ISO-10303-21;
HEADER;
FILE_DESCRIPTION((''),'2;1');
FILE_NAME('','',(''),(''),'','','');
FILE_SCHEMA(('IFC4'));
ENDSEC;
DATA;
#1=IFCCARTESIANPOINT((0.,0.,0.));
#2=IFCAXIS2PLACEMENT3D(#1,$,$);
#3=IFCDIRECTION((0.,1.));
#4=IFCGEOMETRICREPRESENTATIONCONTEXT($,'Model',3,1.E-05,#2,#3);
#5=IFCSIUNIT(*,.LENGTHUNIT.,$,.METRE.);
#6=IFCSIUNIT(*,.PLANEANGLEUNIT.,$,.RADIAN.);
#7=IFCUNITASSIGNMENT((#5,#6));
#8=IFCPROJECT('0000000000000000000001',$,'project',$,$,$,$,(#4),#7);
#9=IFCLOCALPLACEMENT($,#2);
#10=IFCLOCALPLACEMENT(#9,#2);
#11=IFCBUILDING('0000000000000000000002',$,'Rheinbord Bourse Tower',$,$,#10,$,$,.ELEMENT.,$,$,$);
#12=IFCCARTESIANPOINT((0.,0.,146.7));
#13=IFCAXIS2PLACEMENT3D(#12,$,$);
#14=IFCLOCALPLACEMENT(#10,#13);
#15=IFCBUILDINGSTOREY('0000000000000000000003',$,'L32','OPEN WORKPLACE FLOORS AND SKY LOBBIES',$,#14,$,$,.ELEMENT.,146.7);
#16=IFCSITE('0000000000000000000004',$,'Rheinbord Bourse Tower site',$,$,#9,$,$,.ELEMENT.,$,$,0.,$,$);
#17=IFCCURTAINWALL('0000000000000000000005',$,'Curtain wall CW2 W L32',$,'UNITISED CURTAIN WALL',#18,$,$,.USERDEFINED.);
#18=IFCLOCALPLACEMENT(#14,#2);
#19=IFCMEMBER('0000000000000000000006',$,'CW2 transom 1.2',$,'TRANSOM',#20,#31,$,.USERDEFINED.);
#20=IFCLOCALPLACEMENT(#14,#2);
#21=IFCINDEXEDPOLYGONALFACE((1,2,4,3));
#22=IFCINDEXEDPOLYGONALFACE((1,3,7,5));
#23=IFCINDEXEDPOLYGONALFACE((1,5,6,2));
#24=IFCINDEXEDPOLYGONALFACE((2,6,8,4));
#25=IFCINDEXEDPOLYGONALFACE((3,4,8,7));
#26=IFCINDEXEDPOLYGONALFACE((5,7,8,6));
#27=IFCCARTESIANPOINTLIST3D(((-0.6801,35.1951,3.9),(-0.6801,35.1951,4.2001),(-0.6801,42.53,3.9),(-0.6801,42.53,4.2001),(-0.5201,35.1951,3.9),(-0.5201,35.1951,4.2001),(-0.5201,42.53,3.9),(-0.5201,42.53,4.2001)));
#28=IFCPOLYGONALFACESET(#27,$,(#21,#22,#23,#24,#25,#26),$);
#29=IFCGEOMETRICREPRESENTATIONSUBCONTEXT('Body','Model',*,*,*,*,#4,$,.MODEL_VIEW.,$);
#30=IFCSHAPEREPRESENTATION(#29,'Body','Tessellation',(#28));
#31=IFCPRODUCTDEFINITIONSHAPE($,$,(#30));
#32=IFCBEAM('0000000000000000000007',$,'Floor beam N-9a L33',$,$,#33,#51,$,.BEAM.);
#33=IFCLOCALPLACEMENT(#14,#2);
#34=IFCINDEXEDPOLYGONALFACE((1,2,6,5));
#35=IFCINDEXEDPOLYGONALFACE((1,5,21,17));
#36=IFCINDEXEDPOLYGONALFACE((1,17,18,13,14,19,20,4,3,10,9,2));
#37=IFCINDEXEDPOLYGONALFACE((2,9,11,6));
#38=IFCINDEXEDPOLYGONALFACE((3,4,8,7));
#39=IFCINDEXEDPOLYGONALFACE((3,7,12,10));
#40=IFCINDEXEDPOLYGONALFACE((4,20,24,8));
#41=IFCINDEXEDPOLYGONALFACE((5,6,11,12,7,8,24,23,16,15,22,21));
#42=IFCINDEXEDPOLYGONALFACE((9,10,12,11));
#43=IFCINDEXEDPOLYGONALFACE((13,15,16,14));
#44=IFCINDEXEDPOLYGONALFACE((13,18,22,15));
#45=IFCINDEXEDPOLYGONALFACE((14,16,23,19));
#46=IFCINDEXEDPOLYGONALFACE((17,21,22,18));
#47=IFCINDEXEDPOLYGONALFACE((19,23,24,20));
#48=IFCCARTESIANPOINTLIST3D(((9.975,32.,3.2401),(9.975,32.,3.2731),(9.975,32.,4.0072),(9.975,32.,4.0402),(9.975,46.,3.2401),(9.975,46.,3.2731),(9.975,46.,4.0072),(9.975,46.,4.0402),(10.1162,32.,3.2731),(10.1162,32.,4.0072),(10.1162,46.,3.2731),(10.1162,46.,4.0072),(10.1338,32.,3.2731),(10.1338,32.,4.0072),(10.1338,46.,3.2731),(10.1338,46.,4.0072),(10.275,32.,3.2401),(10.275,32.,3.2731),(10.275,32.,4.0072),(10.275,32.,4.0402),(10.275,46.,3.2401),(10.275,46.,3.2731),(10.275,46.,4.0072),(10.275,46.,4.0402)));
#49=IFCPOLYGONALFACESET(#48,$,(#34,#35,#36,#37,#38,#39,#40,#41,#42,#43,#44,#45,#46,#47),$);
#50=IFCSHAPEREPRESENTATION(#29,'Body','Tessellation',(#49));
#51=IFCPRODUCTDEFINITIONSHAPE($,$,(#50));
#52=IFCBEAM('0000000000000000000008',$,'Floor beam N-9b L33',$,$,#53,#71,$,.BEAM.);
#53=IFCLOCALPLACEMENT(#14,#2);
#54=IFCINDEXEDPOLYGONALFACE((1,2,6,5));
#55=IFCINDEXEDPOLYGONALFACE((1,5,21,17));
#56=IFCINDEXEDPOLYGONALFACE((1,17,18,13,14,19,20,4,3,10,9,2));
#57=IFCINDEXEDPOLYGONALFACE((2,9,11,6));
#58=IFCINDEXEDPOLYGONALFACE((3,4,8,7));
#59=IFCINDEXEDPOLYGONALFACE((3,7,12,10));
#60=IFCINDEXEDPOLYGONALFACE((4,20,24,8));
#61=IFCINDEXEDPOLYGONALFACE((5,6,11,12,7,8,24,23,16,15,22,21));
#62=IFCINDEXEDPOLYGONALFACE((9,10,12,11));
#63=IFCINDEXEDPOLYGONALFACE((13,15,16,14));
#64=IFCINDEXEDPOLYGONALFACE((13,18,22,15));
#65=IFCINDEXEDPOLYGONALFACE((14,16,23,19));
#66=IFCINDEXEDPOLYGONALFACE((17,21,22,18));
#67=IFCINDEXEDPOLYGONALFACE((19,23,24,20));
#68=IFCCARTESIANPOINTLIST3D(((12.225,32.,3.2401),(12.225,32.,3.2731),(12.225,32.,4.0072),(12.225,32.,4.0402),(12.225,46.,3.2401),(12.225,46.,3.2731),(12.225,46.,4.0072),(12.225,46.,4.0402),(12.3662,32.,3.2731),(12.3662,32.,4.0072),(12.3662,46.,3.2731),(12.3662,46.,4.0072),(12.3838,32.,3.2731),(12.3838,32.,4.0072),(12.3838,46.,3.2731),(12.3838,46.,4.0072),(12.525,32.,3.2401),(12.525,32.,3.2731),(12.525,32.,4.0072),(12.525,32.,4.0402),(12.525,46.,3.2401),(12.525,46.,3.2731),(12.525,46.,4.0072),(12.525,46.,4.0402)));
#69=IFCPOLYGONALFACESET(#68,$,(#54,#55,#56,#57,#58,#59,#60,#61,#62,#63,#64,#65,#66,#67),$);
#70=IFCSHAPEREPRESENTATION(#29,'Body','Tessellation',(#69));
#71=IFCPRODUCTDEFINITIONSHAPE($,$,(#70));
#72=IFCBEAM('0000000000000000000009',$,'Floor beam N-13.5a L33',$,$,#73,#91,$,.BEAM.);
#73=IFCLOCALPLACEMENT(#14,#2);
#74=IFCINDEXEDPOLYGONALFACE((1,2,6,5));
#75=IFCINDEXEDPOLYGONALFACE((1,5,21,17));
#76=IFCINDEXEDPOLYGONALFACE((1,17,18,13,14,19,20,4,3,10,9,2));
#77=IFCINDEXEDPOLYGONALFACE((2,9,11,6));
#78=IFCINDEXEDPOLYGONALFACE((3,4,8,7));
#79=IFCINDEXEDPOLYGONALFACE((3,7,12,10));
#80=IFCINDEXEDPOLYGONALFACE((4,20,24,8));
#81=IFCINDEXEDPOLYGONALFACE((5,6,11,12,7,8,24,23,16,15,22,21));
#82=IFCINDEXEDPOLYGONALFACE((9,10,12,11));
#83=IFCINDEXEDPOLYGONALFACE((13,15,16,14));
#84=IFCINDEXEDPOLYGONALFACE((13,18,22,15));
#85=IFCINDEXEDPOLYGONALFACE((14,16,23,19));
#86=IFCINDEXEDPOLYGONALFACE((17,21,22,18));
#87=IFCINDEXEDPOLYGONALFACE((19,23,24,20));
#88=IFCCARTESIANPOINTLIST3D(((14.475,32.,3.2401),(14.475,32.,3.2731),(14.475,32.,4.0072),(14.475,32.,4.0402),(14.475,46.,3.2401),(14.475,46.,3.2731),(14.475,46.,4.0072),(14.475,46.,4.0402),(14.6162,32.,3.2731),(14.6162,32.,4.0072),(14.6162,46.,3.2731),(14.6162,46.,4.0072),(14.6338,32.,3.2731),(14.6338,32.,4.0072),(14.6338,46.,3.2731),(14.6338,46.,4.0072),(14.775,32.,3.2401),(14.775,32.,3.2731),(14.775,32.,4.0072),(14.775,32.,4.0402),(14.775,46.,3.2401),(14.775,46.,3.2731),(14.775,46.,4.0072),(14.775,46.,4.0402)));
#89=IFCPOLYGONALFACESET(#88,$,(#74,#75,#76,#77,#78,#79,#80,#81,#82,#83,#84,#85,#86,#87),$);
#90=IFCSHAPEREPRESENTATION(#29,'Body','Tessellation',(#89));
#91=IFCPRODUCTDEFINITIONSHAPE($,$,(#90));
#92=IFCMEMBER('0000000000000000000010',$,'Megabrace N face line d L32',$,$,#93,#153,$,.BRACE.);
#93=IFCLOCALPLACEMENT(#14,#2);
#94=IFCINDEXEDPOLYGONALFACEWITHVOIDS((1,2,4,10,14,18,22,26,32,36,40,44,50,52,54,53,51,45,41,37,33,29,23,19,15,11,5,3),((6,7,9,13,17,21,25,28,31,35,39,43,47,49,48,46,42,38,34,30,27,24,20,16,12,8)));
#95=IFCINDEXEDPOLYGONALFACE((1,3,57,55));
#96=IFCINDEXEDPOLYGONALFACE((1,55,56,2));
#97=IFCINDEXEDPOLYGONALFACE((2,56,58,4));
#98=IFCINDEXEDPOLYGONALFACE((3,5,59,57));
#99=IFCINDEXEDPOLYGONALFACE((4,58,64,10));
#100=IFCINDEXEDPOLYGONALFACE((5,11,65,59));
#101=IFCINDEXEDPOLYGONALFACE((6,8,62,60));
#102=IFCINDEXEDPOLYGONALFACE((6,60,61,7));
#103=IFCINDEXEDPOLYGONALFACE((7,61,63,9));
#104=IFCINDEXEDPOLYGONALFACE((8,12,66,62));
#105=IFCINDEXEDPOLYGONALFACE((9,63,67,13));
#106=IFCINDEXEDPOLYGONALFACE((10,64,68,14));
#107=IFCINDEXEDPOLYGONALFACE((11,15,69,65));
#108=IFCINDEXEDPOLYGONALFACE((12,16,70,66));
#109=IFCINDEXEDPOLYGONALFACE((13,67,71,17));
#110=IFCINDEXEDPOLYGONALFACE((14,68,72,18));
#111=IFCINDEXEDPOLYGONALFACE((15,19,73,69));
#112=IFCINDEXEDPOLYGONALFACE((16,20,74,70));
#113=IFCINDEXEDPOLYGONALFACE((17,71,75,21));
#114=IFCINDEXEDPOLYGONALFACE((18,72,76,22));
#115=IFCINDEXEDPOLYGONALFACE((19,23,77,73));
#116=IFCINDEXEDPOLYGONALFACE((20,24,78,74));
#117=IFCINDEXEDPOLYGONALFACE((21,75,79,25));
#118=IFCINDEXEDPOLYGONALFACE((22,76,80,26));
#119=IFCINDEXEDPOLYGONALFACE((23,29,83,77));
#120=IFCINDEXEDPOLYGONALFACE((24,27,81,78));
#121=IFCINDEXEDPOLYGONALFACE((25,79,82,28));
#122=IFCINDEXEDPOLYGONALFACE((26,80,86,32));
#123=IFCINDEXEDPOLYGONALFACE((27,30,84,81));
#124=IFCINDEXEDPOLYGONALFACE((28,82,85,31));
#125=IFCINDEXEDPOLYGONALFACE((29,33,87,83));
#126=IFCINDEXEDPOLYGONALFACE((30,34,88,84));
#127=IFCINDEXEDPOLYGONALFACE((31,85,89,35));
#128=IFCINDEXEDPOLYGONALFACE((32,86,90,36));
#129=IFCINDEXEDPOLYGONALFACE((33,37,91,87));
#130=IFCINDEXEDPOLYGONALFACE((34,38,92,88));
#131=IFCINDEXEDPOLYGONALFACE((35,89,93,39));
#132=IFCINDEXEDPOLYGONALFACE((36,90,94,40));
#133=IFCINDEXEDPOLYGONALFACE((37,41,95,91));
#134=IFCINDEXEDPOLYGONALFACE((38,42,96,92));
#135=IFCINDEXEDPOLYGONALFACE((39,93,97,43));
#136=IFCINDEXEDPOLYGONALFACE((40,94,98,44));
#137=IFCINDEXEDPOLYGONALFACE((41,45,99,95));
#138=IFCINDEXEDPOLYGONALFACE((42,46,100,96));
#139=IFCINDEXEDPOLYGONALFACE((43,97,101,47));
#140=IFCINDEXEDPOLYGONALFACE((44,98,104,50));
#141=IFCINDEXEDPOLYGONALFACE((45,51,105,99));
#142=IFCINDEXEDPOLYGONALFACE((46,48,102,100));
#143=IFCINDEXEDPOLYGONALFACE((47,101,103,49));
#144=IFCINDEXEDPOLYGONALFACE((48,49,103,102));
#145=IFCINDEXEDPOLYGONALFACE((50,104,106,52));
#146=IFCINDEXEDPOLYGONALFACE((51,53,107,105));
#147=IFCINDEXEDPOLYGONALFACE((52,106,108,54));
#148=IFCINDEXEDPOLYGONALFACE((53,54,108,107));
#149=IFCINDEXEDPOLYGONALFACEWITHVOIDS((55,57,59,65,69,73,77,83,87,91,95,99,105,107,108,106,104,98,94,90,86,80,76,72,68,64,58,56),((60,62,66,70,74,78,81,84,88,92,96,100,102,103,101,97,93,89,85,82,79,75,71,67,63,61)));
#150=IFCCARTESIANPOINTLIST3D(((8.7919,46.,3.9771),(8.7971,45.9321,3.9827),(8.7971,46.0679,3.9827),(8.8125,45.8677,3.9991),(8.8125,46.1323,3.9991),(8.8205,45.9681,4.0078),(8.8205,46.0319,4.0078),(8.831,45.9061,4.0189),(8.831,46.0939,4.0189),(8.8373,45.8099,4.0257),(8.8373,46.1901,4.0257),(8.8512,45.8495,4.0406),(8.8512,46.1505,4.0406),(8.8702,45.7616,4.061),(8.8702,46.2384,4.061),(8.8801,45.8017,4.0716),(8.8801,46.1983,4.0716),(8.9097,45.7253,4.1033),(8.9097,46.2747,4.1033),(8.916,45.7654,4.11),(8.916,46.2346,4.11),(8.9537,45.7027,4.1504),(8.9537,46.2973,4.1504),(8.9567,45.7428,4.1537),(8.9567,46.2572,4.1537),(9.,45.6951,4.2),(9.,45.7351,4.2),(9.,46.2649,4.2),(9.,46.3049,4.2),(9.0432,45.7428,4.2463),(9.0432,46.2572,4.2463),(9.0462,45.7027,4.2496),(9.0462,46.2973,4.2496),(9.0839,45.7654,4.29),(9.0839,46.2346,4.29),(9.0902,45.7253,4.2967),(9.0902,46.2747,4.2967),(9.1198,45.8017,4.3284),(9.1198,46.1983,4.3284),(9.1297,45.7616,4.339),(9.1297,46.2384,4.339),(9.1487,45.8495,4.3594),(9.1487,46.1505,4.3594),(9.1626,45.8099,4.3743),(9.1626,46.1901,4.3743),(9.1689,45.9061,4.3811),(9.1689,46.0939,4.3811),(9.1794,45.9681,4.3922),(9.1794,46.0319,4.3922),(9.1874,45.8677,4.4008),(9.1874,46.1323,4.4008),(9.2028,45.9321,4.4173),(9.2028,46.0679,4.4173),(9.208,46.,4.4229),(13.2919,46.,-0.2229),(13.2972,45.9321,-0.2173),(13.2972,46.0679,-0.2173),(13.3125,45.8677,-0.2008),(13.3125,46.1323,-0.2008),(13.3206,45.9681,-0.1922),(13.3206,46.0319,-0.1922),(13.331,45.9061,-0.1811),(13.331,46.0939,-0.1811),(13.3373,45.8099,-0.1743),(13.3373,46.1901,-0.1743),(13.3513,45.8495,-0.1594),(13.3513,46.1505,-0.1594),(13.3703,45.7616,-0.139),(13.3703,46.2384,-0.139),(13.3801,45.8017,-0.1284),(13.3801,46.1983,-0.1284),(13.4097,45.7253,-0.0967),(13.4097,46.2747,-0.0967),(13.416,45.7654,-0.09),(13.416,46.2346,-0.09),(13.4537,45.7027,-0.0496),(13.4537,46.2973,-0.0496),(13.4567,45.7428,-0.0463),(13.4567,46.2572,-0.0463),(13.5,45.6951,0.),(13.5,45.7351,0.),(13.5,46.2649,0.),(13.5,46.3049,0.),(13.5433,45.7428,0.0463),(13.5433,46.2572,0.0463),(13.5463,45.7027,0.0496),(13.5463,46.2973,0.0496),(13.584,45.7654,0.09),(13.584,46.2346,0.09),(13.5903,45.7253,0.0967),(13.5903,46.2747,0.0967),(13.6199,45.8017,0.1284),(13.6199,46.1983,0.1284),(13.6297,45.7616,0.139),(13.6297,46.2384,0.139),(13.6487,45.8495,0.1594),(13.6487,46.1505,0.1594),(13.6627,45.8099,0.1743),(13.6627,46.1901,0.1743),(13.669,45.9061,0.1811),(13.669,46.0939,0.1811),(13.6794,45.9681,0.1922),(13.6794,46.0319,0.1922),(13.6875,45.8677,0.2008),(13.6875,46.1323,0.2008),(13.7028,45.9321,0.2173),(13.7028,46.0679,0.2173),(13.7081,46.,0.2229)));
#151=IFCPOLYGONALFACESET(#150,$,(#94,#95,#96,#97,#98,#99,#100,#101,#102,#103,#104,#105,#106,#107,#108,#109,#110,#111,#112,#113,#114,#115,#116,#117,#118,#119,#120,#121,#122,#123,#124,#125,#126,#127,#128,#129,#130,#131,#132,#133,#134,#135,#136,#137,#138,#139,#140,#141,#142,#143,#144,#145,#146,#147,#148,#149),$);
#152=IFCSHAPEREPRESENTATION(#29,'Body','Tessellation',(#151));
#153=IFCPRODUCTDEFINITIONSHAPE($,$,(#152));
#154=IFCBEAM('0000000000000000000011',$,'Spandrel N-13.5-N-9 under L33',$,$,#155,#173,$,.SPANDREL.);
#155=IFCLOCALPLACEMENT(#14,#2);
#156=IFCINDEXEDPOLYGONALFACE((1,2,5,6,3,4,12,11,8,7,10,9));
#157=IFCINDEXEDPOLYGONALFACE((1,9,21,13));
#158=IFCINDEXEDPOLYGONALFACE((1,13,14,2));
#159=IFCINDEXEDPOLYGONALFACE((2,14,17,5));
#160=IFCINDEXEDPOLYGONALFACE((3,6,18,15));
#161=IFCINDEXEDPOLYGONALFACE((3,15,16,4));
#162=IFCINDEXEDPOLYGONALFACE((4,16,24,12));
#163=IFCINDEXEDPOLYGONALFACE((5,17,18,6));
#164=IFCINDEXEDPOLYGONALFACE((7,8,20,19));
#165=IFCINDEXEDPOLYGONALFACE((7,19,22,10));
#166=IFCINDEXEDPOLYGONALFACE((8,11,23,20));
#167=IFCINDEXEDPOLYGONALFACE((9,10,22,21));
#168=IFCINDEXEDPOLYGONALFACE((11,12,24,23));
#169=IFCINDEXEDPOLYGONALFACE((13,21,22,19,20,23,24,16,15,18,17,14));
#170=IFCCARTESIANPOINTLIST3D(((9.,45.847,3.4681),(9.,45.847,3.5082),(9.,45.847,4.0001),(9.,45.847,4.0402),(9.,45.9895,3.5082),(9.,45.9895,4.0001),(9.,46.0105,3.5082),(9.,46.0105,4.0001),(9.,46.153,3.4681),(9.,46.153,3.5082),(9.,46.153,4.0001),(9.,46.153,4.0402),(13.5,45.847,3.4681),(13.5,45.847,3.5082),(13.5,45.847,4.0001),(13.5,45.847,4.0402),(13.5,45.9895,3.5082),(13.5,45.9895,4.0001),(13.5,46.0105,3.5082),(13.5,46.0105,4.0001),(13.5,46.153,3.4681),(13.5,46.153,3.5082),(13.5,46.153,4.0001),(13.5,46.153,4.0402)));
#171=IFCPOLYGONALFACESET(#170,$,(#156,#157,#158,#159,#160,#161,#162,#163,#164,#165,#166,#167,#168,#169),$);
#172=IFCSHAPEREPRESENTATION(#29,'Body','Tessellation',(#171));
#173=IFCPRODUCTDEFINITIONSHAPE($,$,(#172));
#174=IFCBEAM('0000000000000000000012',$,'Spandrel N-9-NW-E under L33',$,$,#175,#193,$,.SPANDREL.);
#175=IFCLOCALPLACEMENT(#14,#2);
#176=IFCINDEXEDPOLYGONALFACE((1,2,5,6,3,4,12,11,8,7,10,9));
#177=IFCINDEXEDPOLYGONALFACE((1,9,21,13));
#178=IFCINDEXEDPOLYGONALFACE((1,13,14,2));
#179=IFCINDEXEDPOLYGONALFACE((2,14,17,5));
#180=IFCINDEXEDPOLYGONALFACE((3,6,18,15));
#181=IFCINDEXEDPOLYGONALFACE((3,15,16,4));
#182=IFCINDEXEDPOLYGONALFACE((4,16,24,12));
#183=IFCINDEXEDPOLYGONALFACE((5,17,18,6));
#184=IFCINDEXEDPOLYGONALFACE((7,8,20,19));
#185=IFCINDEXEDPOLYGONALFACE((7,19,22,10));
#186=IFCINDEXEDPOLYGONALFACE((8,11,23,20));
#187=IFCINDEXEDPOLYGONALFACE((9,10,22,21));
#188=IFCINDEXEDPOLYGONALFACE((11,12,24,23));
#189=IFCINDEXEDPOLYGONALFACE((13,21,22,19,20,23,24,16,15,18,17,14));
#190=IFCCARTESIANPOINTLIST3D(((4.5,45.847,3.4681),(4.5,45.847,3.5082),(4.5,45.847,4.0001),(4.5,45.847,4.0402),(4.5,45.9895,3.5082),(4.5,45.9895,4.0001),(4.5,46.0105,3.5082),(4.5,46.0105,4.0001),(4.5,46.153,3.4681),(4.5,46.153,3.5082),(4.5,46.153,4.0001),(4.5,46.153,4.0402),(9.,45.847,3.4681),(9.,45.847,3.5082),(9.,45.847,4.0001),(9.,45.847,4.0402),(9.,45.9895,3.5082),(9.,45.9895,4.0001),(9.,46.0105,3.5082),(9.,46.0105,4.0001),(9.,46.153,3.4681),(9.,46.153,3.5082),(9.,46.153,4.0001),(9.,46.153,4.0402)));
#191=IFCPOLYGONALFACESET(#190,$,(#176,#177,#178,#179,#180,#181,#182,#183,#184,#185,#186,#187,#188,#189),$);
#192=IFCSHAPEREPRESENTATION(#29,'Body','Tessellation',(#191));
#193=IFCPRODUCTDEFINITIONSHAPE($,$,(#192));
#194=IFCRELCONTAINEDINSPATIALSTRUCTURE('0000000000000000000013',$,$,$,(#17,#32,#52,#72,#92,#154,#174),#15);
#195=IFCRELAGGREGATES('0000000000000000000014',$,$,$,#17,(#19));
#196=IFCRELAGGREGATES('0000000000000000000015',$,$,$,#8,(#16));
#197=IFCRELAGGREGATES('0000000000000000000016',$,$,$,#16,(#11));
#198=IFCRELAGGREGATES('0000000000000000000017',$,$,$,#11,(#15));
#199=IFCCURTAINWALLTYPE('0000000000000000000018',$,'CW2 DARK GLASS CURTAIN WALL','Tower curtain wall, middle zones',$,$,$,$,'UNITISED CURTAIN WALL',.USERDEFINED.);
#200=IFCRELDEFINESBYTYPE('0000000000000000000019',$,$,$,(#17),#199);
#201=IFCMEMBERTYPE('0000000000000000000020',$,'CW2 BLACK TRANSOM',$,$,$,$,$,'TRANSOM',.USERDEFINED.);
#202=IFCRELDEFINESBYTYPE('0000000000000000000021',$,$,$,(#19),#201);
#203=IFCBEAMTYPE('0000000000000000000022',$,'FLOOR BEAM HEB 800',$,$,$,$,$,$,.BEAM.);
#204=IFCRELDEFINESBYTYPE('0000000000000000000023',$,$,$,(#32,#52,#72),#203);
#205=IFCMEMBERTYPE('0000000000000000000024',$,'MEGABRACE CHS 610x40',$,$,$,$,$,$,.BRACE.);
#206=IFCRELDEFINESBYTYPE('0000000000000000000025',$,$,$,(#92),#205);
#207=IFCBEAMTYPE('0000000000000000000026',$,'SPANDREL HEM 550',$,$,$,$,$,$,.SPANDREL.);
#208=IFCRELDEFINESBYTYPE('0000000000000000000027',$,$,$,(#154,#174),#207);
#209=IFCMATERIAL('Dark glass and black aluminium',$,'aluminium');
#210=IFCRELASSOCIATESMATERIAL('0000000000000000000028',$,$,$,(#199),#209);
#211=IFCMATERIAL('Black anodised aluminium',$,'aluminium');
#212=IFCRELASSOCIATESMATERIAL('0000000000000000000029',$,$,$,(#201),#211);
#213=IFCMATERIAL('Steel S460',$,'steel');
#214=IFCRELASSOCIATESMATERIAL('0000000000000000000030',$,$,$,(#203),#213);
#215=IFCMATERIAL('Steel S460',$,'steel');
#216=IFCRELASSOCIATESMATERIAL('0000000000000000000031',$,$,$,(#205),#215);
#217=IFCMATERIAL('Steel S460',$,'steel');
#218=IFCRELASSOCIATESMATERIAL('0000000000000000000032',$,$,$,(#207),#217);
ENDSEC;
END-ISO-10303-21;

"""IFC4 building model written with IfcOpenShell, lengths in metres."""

from ifc_helpers import new_model, si_unit, direction, frame, origin, origin_2d, place, context, subcontext, project, spatial, rectangle, hollow_circle, i_section, extrude, material, material_profile, profile_set, type_object, element, aggregate, save


model = new_model("IFC4")

# Units and contexts
model_context = context("Model", 3, precision=1e-05, world=origin(), true_north=direction((0.0, 1.0)))
body_context = subcontext(model_context, "Body", "Model", "MODEL_VIEW")
ifc_project = project(units=[si_unit("LENGTHUNIT", "METRE"), si_unit("PLANEANGLEUNIT", "RADIAN")], contexts=[model_context])

# Site, building, storey
site_placement = place(None, origin())
site = spatial("IfcSite", under=ifc_project, at=site_placement, Name="Rheinbord Bourse Tower site", CompositionType="ELEMENT", RefElevation=0.0)
building_placement = place(site_placement, origin())
building = spatial("IfcBuilding", under=site, at=building_placement, Name="Rheinbord Bourse Tower", CompositionType="ELEMENT")
storey_placement = place(building_placement, frame((0.0, 0.0, 146.7)))
storey = spatial("IfcBuildingStorey", under=building, at=storey_placement, Name="L32", Description="OPEN WORKPLACE FLOORS AND SKY LOBBIES", CompositionType="ELEMENT", Elevation=146.7)

# Shared definitions
ifc_material_1 = material(Name="Dark glass and black aluminium", Category="aluminium")
curtain_wall_type = type_object("IfcCurtainWallType", Name="CW2 DARK GLASS CURTAIN WALL", Description="Tower curtain wall, middle zones", ElementType="UNITISED CURTAIN WALL", PredefinedType="USERDEFINED", material=ifc_material_1)

# Curtain wall
curtain_wall_1_placement = place(storey_placement, origin())
curtain_wall_1 = element("IfcCurtainWall", 1, at=curtain_wall_1_placement, inside=storey, type_object=curtain_wall_type, Name="Curtain wall CW2 W L32", ObjectType="UNITISED CURTAIN WALL", PredefinedType="USERDEFINED")

# Member
ifc_material_2 = material(Name="Black anodised aluminium", Category="aluminium")
ifc_material_profile_1 = material_profile(ifc_material_2, rectangle(XDim=0.1599, YDim=0.3, at=origin_2d()), Name="CW2 TRANSOM 300x160")
ifc_profile_set_1 = profile_set([ifc_material_profile_1], Name="Black anodised aluminium")
member_type_1 = type_object("IfcMemberType", Name="CW2 BLACK TRANSOM", ElementType="TRANSOM", PredefinedType="USERDEFINED", material=ifc_profile_set_1)
member_1_placement = place(storey_placement, frame((-0.6001, 42.53, 4.05), z_axis=(0.0, -1.0, 0.0), x_axis=(1.0, 0.0, 0.0)))
member_1 = element("IfcMember", 2, at=member_1_placement, type_object=member_type_1, Name="CW2 transom 1.2", ObjectType="TRANSOM", PredefinedType="USERDEFINED", context=body_context, shape_type="SweptSolid", body=[
    extrude(rectangle(XDim=0.1599, YDim=0.3, at=origin_2d()), origin(), (0.0, 0.0, 1.0), 7.335),
])

# Beams
ifc_material_3 = material(Name="Steel S460", Category="steel")
ifc_material_profile_2 = material_profile(ifc_material_3, i_section(OverallWidth=0.3, OverallDepth=0.8, WebThickness=0.0176, FlangeThickness=0.033, at=origin_2d()), Name="HEB 800")
ifc_profile_set_2 = profile_set([ifc_material_profile_2], Name="Steel S460")
beam_type_1 = type_object("IfcBeamType", Name="FLOOR BEAM HEB 800", PredefinedType="BEAM", material=ifc_profile_set_2)
for number, where, z_axis, x_axis, name in (
    (3, (10.125, 46.0, 3.6401), (0.0, -1.0, 0.0), (1.0, 0.0, 0.0), "Floor beam N-9a L33"),
    (4, (12.375, 46.0, 3.6401), (0.0, -1.0, 0.0), (1.0, 0.0, 0.0), "Floor beam N-9b L33"),
    (5, (14.625, 46.0, 3.6401), (0.0, -1.0, 0.0), (1.0, 0.0, 0.0), "Floor beam N-13.5a L33"),
):
    element("IfcBeam", number, at=place(storey_placement, frame(where, z_axis=z_axis, x_axis=x_axis)), inside=storey, type_object=beam_type_1, Name=name, PredefinedType="BEAM", context=body_context, shape_type="SweptSolid", body=[
        extrude(i_section(OverallWidth=0.3, OverallDepth=0.8, WebThickness=0.0176, FlangeThickness=0.033, at=origin_2d()), origin(), (0.0, 0.0, 1.0), 14.0),
    ])

# Member
ifc_material_4 = material(Name="Steel S460", Category="steel")
ifc_material_profile_3 = material_profile(ifc_material_4, hollow_circle(Radius=0.3049, WallThickness=0.04, at=origin_2d()), Name="CHS 610x40")
ifc_profile_set_3 = profile_set([ifc_material_profile_3], Name="Steel S460")
member_type_2 = type_object("IfcMemberType", Name="MEGABRACE CHS 610x40", PredefinedType="BRACE", material=ifc_profile_set_3)
member_2_placement = place(storey_placement, frame((13.5, 46.0, 0.0), z_axis=(-0.731059, 0.0, 0.682314), x_axis=(0.0, -1.0, 0.0)))
element("IfcMember", 6, at=member_2_placement, inside=storey, type_object=member_type_2, Name="Megabrace N face line d L32", PredefinedType="BRACE", context=body_context, shape_type="SweptSolid", body=[
    extrude(hollow_circle(Radius=0.3049, WallThickness=0.04, at=origin_2d()), origin(), (0.0, 0.0, 1.0), 6.1555),
])

# Beams
ifc_material_5 = material(Name="Steel S460", Category="steel")
ifc_material_profile_4 = material_profile(ifc_material_5, i_section(OverallWidth=0.3059, OverallDepth=0.572, WebThickness=0.021, FlangeThickness=0.04, at=origin_2d()), Name="HEM 550")
ifc_profile_set_4 = profile_set([ifc_material_profile_4], Name="Steel S460")
beam_type_2 = type_object("IfcBeamType", Name="SPANDREL HEM 550", PredefinedType="SPANDREL", material=ifc_profile_set_4)
for number, where, z_axis, x_axis, name in (
    (7, (13.5, 46.0, 3.7542), (-1.0, 0.0, 0.0), (0.0, -1.0, 0.0), "Spandrel N-13.5-N-9 under L33"),
    (8, (9.0, 46.0, 3.7542), (-1.0, 0.0, 0.0), (0.0, -1.0, 0.0), "Spandrel N-9-NW-E under L33"),
):
    element("IfcBeam", number, at=place(storey_placement, frame(where, z_axis=z_axis, x_axis=x_axis)), inside=storey, type_object=beam_type_2, Name=name, PredefinedType="SPANDREL", context=body_context, shape_type="SweptSolid", body=[
        extrude(i_section(OverallWidth=0.3059, OverallDepth=0.572, WebThickness=0.021, FlangeThickness=0.04, at=origin_2d()), origin(), (0.0, 0.0, 1.0), 4.5),
    ])

aggregate(curtain_wall_1, [member_1])

save(model, "model.ifc")
